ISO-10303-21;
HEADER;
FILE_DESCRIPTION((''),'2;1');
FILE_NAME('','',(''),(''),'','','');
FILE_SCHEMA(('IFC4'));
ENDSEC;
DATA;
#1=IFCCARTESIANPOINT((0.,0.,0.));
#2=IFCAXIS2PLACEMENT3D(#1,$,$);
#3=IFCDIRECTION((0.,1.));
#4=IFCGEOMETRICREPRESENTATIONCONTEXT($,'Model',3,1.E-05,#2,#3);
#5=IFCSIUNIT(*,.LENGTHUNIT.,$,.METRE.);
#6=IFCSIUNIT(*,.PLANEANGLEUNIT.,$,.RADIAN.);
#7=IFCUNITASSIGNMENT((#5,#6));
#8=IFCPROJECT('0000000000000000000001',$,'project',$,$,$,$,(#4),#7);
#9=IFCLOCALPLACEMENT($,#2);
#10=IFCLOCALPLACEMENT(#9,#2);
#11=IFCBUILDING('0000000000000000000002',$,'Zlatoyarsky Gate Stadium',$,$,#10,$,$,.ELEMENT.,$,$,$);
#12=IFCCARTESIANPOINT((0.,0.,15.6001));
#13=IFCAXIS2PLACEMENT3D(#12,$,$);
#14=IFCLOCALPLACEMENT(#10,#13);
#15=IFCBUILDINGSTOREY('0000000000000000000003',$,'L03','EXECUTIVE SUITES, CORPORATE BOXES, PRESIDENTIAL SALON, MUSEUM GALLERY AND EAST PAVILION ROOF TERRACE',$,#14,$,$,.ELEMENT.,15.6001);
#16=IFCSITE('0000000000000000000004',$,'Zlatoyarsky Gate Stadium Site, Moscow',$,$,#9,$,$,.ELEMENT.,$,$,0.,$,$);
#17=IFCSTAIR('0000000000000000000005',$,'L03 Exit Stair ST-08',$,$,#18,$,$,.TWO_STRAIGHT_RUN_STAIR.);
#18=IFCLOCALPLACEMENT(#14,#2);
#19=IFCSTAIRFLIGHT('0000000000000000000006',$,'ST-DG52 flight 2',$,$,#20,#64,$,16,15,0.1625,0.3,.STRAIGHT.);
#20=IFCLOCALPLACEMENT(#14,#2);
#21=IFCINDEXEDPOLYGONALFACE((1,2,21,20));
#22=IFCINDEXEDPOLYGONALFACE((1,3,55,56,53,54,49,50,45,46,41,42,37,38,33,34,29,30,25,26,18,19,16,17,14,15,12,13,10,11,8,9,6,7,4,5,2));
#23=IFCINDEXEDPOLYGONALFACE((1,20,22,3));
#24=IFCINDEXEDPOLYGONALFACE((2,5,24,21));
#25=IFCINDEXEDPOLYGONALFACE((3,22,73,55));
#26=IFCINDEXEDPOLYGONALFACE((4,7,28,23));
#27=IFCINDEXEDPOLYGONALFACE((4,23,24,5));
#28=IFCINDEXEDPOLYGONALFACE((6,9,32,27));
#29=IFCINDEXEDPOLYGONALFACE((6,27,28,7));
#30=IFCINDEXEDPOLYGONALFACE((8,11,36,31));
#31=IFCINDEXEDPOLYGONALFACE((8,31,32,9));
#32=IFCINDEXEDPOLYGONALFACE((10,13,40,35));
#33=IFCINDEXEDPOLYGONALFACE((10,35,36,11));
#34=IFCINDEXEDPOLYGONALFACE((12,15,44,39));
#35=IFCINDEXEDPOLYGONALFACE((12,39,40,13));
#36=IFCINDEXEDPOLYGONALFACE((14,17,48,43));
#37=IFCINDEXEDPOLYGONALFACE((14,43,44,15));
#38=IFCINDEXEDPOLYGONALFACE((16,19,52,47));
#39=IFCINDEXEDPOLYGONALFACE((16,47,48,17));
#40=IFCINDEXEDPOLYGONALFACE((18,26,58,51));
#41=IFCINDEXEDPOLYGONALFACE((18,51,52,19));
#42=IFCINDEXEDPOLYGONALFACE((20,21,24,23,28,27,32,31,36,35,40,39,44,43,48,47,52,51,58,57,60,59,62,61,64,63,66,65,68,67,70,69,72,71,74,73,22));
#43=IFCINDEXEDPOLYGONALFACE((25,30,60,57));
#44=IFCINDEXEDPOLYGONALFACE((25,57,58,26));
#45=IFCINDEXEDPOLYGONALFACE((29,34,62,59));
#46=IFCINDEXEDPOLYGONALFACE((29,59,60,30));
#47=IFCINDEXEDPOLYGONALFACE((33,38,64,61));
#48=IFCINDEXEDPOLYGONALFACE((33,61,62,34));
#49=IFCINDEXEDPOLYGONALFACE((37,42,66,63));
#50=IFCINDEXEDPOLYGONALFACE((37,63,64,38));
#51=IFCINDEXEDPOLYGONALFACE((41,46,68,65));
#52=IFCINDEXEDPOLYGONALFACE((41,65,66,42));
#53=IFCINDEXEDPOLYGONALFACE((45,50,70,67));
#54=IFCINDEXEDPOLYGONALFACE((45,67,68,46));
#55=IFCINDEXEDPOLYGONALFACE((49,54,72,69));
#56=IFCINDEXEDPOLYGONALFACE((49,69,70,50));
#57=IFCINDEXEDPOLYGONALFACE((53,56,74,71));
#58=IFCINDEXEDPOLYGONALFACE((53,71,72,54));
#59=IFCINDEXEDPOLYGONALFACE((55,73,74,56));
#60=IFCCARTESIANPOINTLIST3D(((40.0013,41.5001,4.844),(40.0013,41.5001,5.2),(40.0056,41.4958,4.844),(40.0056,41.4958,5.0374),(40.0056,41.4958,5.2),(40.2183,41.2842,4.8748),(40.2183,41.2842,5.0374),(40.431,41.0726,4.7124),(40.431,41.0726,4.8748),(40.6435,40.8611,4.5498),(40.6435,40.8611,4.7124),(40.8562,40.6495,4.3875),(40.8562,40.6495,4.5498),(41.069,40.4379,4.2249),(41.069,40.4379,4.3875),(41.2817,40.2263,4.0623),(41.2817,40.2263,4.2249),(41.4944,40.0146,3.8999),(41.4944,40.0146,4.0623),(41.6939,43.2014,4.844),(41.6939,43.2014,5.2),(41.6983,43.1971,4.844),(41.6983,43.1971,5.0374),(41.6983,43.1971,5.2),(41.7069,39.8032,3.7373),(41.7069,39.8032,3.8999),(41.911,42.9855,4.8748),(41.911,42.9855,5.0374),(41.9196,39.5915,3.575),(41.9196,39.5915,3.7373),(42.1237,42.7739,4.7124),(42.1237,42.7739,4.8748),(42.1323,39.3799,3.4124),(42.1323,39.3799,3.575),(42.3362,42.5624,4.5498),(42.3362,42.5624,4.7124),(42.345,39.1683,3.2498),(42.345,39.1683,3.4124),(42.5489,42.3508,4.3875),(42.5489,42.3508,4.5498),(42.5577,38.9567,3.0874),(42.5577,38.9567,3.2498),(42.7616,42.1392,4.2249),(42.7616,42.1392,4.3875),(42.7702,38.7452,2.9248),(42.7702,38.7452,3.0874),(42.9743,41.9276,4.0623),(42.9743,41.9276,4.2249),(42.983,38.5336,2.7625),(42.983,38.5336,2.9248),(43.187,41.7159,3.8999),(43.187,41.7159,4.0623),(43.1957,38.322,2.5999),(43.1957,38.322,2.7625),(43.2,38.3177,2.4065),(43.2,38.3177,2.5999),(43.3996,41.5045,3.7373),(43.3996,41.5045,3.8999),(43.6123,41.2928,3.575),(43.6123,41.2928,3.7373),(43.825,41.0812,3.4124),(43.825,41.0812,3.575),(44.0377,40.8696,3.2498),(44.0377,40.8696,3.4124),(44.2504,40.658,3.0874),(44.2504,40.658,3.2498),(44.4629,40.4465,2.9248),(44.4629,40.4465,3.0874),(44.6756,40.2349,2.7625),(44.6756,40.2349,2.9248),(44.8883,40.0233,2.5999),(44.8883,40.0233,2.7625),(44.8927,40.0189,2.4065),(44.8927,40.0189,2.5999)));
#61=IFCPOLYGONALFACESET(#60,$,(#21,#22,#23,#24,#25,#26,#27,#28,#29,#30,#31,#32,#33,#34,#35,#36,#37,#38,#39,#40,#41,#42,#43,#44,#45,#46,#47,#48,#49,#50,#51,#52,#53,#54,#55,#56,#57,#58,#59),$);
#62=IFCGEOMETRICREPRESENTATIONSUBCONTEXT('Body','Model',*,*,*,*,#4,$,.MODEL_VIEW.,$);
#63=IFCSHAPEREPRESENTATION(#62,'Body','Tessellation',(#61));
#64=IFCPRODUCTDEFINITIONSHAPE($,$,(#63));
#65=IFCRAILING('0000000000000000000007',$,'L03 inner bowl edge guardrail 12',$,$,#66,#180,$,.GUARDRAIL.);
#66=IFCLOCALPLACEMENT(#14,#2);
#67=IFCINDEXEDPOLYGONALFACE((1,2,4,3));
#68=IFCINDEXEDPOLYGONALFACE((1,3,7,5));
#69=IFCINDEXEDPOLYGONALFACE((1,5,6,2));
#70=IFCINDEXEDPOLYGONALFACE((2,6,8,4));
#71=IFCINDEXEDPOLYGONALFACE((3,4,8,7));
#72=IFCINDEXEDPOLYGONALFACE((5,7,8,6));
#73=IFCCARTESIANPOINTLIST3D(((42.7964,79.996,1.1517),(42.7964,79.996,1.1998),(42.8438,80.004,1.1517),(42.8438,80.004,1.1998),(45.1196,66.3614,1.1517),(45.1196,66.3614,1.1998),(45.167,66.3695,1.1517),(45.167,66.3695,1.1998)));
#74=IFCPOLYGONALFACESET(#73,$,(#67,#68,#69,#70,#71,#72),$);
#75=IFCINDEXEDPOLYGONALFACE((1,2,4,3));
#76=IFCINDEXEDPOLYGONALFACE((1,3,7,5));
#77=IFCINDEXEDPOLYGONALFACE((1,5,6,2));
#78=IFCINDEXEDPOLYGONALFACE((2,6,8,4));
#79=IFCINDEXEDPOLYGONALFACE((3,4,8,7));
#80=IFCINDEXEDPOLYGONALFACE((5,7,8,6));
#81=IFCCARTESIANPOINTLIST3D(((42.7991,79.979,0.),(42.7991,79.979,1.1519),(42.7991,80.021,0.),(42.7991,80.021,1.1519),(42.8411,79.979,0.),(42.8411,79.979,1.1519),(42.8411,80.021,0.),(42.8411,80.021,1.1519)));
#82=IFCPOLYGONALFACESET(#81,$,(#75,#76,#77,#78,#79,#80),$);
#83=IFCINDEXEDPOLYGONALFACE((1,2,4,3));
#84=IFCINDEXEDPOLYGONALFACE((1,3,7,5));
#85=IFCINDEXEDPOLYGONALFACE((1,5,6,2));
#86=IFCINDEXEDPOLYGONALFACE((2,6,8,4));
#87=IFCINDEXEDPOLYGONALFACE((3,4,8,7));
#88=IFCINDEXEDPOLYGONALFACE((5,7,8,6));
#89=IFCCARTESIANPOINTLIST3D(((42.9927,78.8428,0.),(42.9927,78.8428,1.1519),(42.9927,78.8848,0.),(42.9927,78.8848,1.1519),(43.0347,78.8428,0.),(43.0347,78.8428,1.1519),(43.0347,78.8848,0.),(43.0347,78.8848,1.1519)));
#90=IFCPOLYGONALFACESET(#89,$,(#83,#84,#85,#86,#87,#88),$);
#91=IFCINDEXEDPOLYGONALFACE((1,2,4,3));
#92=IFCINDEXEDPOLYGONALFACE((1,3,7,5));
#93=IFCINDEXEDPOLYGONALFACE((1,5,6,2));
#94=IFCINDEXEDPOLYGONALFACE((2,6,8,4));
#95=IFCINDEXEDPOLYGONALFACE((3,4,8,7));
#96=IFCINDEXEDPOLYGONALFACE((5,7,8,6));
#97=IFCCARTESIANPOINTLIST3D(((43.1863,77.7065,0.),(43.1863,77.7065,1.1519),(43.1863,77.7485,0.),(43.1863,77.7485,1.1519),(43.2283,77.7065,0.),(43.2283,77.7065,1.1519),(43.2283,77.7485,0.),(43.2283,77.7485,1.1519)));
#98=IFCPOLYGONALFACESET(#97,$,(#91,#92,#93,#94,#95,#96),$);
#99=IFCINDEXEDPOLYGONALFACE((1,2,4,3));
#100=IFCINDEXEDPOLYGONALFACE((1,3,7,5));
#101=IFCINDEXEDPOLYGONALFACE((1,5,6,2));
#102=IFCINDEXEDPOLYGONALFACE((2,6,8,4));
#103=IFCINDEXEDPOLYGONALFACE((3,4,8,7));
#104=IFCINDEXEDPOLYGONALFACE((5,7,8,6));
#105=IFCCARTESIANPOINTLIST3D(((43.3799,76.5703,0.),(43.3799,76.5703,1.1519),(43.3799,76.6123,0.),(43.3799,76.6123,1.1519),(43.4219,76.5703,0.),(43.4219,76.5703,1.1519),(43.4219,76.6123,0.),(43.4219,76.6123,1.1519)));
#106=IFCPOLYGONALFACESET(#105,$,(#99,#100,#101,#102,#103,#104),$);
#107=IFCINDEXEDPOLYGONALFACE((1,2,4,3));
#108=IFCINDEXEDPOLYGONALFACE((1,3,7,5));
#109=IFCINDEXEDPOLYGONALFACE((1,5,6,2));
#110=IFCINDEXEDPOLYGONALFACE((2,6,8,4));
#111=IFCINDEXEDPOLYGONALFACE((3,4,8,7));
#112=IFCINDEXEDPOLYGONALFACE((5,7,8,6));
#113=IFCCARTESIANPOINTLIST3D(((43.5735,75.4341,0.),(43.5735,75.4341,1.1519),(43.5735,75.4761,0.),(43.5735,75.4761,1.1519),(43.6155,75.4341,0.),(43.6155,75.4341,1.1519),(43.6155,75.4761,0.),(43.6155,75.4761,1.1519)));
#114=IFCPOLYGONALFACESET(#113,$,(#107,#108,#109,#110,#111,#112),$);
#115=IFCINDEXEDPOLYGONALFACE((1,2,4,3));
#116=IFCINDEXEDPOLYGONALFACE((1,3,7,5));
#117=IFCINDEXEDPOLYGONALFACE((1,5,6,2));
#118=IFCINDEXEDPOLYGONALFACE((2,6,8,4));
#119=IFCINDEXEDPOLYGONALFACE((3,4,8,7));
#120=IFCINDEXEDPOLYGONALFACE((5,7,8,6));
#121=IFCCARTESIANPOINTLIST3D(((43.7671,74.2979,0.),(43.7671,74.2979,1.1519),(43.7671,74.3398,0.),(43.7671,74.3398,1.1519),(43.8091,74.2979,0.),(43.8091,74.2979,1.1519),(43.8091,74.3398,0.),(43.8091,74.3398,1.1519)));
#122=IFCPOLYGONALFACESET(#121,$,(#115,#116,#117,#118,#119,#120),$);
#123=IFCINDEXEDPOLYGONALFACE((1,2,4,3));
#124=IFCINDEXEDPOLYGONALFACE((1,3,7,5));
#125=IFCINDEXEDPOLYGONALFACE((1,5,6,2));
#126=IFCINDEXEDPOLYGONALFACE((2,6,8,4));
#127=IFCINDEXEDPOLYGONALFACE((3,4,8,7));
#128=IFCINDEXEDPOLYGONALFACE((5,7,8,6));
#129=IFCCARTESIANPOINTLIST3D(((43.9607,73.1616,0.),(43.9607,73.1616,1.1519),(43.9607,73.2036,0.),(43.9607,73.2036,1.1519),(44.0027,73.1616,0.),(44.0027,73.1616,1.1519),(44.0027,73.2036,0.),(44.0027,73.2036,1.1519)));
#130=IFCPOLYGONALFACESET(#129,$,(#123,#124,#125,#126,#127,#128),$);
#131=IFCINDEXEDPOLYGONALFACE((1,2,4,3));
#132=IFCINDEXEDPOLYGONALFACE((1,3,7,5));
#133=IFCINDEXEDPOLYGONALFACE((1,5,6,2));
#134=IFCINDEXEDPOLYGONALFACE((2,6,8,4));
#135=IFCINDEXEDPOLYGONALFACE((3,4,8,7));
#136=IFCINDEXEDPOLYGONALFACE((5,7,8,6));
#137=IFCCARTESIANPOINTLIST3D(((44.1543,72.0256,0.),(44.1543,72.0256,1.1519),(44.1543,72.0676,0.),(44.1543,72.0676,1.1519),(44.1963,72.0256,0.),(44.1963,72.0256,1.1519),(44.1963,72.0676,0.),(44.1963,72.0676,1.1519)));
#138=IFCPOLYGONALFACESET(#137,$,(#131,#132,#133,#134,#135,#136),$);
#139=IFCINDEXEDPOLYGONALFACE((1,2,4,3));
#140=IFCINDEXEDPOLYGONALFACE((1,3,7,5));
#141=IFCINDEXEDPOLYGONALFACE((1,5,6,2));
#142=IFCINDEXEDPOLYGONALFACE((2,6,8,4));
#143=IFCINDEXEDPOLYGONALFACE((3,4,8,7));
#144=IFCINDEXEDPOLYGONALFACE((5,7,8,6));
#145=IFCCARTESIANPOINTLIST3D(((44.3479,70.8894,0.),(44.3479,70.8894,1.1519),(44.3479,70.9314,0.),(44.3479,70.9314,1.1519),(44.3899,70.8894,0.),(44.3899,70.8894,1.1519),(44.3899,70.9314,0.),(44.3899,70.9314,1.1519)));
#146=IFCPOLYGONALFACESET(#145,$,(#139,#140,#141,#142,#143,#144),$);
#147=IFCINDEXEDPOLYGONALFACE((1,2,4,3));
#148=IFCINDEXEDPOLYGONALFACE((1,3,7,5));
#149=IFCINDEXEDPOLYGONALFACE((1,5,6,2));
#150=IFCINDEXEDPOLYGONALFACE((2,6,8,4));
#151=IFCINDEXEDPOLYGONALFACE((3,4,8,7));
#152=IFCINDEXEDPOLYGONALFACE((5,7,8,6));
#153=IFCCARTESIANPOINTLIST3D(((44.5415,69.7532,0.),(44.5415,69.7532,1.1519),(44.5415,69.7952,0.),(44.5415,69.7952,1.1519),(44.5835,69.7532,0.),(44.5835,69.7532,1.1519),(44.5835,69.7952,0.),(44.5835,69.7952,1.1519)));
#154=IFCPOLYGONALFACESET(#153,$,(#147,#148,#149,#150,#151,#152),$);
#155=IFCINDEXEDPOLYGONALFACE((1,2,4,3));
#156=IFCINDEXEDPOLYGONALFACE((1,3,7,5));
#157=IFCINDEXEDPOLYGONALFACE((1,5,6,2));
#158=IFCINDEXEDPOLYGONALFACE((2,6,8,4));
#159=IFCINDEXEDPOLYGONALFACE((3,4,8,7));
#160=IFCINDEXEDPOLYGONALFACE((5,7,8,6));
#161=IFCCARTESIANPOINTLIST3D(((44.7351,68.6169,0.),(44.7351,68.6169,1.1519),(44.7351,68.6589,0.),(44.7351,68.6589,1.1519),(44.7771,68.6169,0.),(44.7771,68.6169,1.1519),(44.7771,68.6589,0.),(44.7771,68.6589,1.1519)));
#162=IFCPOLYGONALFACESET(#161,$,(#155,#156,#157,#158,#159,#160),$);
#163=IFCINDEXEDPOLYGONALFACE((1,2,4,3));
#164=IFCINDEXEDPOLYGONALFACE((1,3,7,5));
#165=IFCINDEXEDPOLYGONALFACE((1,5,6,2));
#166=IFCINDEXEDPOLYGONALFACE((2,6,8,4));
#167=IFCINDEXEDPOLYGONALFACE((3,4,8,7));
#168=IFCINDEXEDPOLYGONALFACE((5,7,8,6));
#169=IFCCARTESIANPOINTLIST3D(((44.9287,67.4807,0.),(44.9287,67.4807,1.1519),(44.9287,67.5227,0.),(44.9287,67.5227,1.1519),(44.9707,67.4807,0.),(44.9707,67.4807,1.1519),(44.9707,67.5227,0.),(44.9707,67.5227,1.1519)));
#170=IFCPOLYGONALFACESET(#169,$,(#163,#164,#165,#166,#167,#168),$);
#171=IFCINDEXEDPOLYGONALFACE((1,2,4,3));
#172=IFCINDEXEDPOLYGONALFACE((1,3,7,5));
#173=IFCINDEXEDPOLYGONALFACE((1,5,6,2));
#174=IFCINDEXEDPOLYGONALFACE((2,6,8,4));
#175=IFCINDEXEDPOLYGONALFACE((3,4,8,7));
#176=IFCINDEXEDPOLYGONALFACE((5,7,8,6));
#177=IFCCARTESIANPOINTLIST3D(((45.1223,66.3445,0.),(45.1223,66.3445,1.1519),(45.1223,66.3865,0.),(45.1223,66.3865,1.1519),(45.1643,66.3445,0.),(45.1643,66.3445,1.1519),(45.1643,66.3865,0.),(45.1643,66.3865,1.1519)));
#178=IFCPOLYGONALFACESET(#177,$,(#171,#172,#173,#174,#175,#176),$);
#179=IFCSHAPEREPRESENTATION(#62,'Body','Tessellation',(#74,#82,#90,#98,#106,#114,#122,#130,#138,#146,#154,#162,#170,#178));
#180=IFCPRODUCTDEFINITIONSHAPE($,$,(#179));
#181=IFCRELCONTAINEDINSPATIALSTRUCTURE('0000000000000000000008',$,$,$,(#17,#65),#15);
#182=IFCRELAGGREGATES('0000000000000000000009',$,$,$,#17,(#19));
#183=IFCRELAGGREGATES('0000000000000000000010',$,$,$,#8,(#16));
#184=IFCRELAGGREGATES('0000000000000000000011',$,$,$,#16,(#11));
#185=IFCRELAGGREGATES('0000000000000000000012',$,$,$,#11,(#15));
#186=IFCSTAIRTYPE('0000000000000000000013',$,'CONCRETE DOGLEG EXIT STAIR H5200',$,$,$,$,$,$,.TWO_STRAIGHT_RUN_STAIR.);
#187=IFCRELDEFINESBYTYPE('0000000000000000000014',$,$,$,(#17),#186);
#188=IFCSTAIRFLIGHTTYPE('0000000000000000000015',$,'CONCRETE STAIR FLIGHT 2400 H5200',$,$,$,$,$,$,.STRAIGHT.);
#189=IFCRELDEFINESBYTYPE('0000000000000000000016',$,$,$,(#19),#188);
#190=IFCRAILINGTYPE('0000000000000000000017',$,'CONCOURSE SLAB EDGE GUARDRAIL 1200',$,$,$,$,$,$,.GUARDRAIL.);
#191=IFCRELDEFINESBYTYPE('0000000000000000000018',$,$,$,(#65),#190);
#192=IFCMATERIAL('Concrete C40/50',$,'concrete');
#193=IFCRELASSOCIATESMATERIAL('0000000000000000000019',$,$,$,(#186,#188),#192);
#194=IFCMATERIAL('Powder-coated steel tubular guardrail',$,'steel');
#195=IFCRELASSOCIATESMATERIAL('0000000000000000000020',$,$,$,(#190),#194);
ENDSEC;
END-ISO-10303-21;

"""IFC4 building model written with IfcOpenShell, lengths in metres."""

from ifc_helpers import new_model, si_unit, direction, frame, origin, origin_2d, place, context, subcontext, project, spatial, polyline, rectangle, outline, extrude, material, type_object, element, aggregate, save


model = new_model("IFC4")

# Units and contexts
model_context = context("Model", 3, precision=1e-05, world=origin(), true_north=direction((0.0, 1.0)))
body_context = subcontext(model_context, "Body", "Model", "MODEL_VIEW")
ifc_project = project(units=[si_unit("LENGTHUNIT", "METRE"), si_unit("PLANEANGLEUNIT", "RADIAN")], contexts=[model_context])

# Site, building, storey
site_placement = place(None, origin())
site = spatial("IfcSite", under=ifc_project, at=site_placement, Name="Zlatoyarsky Gate Stadium Site, Moscow", CompositionType="ELEMENT", RefElevation=0.0)
building_placement = place(site_placement, origin())
building = spatial("IfcBuilding", under=site, at=building_placement, Name="Zlatoyarsky Gate Stadium", CompositionType="ELEMENT")
storey_placement = place(building_placement, frame((0.0, 0.0, 15.6001)))
storey = spatial("IfcBuildingStorey", under=building, at=storey_placement, Name="L03", Description="EXECUTIVE SUITES, CORPORATE BOXES, PRESIDENTIAL SALON, MUSEUM GALLERY AND EAST PAVILION ROOF TERRACE", CompositionType="ELEMENT", Elevation=15.6001)

# Shared definitions
ifc_material_1 = material(Name="Concrete C40/50", Category="concrete")

# Stair, stair flight
stair_type = type_object("IfcStairType", Name="CONCRETE DOGLEG EXIT STAIR H5200", PredefinedType="TWO_STRAIGHT_RUN_STAIR", material=ifc_material_1)
stair_placement = place(storey_placement, origin())
stair = element("IfcStair", 1, at=stair_placement, inside=storey, type_object=stair_type, Name="L03 Exit Stair ST-08", PredefinedType="TWO_STRAIGHT_RUN_STAIR")
stair_flight_type = type_object("IfcStairFlightType", Name="CONCRETE STAIR FLIGHT 2400 H5200", PredefinedType="STRAIGHT", material=ifc_material_1)
stair_flight_placement = place(storey_placement, frame((44.042, 39.1726, 2.5999), z_axis=(0.0, 0.0, 1.0), x_axis=(-0.708901, 0.705308, 0.0)))
stair_flight = element("IfcStairFlight", 2, at=stair_flight_placement, type_object=stair_flight_type, Name="ST-DG52 flight 2", NumberOfRisers=16, NumberOfTreads=15, PredefinedType="STRAIGHT", RiserHeight=0.1625, TreadLength=0.3, context=body_context, shape_type="SweptSolid", body=[
    extrude(outline(polyline([(-0.0061, -0.1934), (-0.0061, 0.0), (0.0, 0.0), (0.0, 0.1626), (0.3, 0.1626), (0.3, 0.325), (0.6001, 0.325), (0.6001, 0.4875), (0.8999, 0.4875), (0.8999, 0.6499), (1.2, 0.6499), (1.2, 0.8125), (1.5, 0.8125), (1.5, 0.9751), (1.8, 0.9751), (1.8, 1.1375), (2.1001, 1.1375), (2.1001, 1.3), (2.3999, 1.3), (2.3999, 1.4624), (2.7, 1.4624), (2.7, 1.625), (3.0, 1.625), (3.0, 1.7876), (3.3, 1.7876), (3.3, 1.95), (3.6001, 1.95), (3.6001, 2.1125), (3.8999, 2.1125), (3.8999, 2.2749), (4.2, 2.2749), (4.2, 2.4375), (4.5, 2.4375), (4.5, 2.6001), (4.5061, 2.6001), (4.5061, 2.2441), (4.5, 2.2441), (-0.0061, -0.1934)])), frame((0.0, 1.2, 0.0), z_axis=(0.0, -1.0, 0.0), x_axis=(1.0, 0.0, 0.0)), (0.0, 0.0, 1.0), 2.3999),
])
aggregate(stair, [stair_flight])

# Railing
ifc_material_2 = material(Name="Powder-coated steel tubular guardrail", Category="steel")
railing_type_1 = type_object("IfcRailingType", Name="CONCOURSE SLAB EDGE GUARDRAIL 1200", PredefinedType="GUARDRAIL", material=ifc_material_2)
railing_1_placement = place(storey_placement, frame((42.8201, 80.0, 0.0)))
element("IfcRailing", 3, at=railing_1_placement, inside=storey, type_object=railing_type_1, Name="L03 inner bowl edge guardrail 12", PredefinedType="GUARDRAIL", context=body_context, shape_type="SweptSolid", body=[
    extrude(rectangle(XDim=0.0481, YDim=0.0481, at=origin_2d()), frame((0.0, 0.0, 1.1758), z_axis=(0.167973, -0.985792, 0.0), x_axis=(0.985792, 0.167973, 0.0)), (0.0, 0.0, 1.0), 13.8311),
    extrude(rectangle(XDim=0.042, YDim=0.042, at=origin_2d()), origin(), (0.0, 0.0, 1.0), 1.1519),
    extrude(rectangle(XDim=0.042, YDim=0.042, at=origin_2d()), frame((0.1936, -1.1362, 0.0)), (0.0, 0.0, 1.0), 1.1519),
    extrude(rectangle(XDim=0.042, YDim=0.042, at=origin_2d()), frame((0.3872, -2.2725, 0.0)), (0.0, 0.0, 1.0), 1.1519),
    extrude(rectangle(XDim=0.042, YDim=0.042, at=origin_2d()), frame((0.5808, -3.4087, 0.0)), (0.0, 0.0, 1.0), 1.1519),
    extrude(rectangle(XDim=0.042, YDim=0.042, at=origin_2d()), frame((0.7744, -4.5449, 0.0)), (0.0, 0.0, 1.0), 1.1519),
    extrude(rectangle(XDim=0.042, YDim=0.042, at=origin_2d()), frame((0.968, -5.6812, 0.0)), (0.0, 0.0, 1.0), 1.1519),
    extrude(rectangle(XDim=0.042, YDim=0.042, at=origin_2d()), frame((1.1616, -6.8174, 0.0)), (0.0, 0.0, 1.0), 1.1519),
    extrude(rectangle(XDim=0.042, YDim=0.042, at=origin_2d()), frame((1.3552, -7.9534, 0.0)), (0.0, 0.0, 1.0), 1.1519),
    extrude(rectangle(XDim=0.042, YDim=0.042, at=origin_2d()), frame((1.5488, -9.0896, 0.0)), (0.0, 0.0, 1.0), 1.1519),
    extrude(rectangle(XDim=0.042, YDim=0.042, at=origin_2d()), frame((1.7424, -10.2258, 0.0)), (0.0, 0.0, 1.0), 1.1519),
    extrude(rectangle(XDim=0.042, YDim=0.042, at=origin_2d()), frame((1.936, -11.3621, 0.0)), (0.0, 0.0, 1.0), 1.1519),
    extrude(rectangle(XDim=0.042, YDim=0.042, at=origin_2d()), frame((2.1296, -12.4983, 0.0)), (0.0, 0.0, 1.0), 1.1519),
    extrude(rectangle(XDim=0.042, YDim=0.042, at=origin_2d()), frame((2.3232, -13.6345, 0.0)), (0.0, 0.0, 1.0), 1.1519),
])

save(model, "model.ifc")
